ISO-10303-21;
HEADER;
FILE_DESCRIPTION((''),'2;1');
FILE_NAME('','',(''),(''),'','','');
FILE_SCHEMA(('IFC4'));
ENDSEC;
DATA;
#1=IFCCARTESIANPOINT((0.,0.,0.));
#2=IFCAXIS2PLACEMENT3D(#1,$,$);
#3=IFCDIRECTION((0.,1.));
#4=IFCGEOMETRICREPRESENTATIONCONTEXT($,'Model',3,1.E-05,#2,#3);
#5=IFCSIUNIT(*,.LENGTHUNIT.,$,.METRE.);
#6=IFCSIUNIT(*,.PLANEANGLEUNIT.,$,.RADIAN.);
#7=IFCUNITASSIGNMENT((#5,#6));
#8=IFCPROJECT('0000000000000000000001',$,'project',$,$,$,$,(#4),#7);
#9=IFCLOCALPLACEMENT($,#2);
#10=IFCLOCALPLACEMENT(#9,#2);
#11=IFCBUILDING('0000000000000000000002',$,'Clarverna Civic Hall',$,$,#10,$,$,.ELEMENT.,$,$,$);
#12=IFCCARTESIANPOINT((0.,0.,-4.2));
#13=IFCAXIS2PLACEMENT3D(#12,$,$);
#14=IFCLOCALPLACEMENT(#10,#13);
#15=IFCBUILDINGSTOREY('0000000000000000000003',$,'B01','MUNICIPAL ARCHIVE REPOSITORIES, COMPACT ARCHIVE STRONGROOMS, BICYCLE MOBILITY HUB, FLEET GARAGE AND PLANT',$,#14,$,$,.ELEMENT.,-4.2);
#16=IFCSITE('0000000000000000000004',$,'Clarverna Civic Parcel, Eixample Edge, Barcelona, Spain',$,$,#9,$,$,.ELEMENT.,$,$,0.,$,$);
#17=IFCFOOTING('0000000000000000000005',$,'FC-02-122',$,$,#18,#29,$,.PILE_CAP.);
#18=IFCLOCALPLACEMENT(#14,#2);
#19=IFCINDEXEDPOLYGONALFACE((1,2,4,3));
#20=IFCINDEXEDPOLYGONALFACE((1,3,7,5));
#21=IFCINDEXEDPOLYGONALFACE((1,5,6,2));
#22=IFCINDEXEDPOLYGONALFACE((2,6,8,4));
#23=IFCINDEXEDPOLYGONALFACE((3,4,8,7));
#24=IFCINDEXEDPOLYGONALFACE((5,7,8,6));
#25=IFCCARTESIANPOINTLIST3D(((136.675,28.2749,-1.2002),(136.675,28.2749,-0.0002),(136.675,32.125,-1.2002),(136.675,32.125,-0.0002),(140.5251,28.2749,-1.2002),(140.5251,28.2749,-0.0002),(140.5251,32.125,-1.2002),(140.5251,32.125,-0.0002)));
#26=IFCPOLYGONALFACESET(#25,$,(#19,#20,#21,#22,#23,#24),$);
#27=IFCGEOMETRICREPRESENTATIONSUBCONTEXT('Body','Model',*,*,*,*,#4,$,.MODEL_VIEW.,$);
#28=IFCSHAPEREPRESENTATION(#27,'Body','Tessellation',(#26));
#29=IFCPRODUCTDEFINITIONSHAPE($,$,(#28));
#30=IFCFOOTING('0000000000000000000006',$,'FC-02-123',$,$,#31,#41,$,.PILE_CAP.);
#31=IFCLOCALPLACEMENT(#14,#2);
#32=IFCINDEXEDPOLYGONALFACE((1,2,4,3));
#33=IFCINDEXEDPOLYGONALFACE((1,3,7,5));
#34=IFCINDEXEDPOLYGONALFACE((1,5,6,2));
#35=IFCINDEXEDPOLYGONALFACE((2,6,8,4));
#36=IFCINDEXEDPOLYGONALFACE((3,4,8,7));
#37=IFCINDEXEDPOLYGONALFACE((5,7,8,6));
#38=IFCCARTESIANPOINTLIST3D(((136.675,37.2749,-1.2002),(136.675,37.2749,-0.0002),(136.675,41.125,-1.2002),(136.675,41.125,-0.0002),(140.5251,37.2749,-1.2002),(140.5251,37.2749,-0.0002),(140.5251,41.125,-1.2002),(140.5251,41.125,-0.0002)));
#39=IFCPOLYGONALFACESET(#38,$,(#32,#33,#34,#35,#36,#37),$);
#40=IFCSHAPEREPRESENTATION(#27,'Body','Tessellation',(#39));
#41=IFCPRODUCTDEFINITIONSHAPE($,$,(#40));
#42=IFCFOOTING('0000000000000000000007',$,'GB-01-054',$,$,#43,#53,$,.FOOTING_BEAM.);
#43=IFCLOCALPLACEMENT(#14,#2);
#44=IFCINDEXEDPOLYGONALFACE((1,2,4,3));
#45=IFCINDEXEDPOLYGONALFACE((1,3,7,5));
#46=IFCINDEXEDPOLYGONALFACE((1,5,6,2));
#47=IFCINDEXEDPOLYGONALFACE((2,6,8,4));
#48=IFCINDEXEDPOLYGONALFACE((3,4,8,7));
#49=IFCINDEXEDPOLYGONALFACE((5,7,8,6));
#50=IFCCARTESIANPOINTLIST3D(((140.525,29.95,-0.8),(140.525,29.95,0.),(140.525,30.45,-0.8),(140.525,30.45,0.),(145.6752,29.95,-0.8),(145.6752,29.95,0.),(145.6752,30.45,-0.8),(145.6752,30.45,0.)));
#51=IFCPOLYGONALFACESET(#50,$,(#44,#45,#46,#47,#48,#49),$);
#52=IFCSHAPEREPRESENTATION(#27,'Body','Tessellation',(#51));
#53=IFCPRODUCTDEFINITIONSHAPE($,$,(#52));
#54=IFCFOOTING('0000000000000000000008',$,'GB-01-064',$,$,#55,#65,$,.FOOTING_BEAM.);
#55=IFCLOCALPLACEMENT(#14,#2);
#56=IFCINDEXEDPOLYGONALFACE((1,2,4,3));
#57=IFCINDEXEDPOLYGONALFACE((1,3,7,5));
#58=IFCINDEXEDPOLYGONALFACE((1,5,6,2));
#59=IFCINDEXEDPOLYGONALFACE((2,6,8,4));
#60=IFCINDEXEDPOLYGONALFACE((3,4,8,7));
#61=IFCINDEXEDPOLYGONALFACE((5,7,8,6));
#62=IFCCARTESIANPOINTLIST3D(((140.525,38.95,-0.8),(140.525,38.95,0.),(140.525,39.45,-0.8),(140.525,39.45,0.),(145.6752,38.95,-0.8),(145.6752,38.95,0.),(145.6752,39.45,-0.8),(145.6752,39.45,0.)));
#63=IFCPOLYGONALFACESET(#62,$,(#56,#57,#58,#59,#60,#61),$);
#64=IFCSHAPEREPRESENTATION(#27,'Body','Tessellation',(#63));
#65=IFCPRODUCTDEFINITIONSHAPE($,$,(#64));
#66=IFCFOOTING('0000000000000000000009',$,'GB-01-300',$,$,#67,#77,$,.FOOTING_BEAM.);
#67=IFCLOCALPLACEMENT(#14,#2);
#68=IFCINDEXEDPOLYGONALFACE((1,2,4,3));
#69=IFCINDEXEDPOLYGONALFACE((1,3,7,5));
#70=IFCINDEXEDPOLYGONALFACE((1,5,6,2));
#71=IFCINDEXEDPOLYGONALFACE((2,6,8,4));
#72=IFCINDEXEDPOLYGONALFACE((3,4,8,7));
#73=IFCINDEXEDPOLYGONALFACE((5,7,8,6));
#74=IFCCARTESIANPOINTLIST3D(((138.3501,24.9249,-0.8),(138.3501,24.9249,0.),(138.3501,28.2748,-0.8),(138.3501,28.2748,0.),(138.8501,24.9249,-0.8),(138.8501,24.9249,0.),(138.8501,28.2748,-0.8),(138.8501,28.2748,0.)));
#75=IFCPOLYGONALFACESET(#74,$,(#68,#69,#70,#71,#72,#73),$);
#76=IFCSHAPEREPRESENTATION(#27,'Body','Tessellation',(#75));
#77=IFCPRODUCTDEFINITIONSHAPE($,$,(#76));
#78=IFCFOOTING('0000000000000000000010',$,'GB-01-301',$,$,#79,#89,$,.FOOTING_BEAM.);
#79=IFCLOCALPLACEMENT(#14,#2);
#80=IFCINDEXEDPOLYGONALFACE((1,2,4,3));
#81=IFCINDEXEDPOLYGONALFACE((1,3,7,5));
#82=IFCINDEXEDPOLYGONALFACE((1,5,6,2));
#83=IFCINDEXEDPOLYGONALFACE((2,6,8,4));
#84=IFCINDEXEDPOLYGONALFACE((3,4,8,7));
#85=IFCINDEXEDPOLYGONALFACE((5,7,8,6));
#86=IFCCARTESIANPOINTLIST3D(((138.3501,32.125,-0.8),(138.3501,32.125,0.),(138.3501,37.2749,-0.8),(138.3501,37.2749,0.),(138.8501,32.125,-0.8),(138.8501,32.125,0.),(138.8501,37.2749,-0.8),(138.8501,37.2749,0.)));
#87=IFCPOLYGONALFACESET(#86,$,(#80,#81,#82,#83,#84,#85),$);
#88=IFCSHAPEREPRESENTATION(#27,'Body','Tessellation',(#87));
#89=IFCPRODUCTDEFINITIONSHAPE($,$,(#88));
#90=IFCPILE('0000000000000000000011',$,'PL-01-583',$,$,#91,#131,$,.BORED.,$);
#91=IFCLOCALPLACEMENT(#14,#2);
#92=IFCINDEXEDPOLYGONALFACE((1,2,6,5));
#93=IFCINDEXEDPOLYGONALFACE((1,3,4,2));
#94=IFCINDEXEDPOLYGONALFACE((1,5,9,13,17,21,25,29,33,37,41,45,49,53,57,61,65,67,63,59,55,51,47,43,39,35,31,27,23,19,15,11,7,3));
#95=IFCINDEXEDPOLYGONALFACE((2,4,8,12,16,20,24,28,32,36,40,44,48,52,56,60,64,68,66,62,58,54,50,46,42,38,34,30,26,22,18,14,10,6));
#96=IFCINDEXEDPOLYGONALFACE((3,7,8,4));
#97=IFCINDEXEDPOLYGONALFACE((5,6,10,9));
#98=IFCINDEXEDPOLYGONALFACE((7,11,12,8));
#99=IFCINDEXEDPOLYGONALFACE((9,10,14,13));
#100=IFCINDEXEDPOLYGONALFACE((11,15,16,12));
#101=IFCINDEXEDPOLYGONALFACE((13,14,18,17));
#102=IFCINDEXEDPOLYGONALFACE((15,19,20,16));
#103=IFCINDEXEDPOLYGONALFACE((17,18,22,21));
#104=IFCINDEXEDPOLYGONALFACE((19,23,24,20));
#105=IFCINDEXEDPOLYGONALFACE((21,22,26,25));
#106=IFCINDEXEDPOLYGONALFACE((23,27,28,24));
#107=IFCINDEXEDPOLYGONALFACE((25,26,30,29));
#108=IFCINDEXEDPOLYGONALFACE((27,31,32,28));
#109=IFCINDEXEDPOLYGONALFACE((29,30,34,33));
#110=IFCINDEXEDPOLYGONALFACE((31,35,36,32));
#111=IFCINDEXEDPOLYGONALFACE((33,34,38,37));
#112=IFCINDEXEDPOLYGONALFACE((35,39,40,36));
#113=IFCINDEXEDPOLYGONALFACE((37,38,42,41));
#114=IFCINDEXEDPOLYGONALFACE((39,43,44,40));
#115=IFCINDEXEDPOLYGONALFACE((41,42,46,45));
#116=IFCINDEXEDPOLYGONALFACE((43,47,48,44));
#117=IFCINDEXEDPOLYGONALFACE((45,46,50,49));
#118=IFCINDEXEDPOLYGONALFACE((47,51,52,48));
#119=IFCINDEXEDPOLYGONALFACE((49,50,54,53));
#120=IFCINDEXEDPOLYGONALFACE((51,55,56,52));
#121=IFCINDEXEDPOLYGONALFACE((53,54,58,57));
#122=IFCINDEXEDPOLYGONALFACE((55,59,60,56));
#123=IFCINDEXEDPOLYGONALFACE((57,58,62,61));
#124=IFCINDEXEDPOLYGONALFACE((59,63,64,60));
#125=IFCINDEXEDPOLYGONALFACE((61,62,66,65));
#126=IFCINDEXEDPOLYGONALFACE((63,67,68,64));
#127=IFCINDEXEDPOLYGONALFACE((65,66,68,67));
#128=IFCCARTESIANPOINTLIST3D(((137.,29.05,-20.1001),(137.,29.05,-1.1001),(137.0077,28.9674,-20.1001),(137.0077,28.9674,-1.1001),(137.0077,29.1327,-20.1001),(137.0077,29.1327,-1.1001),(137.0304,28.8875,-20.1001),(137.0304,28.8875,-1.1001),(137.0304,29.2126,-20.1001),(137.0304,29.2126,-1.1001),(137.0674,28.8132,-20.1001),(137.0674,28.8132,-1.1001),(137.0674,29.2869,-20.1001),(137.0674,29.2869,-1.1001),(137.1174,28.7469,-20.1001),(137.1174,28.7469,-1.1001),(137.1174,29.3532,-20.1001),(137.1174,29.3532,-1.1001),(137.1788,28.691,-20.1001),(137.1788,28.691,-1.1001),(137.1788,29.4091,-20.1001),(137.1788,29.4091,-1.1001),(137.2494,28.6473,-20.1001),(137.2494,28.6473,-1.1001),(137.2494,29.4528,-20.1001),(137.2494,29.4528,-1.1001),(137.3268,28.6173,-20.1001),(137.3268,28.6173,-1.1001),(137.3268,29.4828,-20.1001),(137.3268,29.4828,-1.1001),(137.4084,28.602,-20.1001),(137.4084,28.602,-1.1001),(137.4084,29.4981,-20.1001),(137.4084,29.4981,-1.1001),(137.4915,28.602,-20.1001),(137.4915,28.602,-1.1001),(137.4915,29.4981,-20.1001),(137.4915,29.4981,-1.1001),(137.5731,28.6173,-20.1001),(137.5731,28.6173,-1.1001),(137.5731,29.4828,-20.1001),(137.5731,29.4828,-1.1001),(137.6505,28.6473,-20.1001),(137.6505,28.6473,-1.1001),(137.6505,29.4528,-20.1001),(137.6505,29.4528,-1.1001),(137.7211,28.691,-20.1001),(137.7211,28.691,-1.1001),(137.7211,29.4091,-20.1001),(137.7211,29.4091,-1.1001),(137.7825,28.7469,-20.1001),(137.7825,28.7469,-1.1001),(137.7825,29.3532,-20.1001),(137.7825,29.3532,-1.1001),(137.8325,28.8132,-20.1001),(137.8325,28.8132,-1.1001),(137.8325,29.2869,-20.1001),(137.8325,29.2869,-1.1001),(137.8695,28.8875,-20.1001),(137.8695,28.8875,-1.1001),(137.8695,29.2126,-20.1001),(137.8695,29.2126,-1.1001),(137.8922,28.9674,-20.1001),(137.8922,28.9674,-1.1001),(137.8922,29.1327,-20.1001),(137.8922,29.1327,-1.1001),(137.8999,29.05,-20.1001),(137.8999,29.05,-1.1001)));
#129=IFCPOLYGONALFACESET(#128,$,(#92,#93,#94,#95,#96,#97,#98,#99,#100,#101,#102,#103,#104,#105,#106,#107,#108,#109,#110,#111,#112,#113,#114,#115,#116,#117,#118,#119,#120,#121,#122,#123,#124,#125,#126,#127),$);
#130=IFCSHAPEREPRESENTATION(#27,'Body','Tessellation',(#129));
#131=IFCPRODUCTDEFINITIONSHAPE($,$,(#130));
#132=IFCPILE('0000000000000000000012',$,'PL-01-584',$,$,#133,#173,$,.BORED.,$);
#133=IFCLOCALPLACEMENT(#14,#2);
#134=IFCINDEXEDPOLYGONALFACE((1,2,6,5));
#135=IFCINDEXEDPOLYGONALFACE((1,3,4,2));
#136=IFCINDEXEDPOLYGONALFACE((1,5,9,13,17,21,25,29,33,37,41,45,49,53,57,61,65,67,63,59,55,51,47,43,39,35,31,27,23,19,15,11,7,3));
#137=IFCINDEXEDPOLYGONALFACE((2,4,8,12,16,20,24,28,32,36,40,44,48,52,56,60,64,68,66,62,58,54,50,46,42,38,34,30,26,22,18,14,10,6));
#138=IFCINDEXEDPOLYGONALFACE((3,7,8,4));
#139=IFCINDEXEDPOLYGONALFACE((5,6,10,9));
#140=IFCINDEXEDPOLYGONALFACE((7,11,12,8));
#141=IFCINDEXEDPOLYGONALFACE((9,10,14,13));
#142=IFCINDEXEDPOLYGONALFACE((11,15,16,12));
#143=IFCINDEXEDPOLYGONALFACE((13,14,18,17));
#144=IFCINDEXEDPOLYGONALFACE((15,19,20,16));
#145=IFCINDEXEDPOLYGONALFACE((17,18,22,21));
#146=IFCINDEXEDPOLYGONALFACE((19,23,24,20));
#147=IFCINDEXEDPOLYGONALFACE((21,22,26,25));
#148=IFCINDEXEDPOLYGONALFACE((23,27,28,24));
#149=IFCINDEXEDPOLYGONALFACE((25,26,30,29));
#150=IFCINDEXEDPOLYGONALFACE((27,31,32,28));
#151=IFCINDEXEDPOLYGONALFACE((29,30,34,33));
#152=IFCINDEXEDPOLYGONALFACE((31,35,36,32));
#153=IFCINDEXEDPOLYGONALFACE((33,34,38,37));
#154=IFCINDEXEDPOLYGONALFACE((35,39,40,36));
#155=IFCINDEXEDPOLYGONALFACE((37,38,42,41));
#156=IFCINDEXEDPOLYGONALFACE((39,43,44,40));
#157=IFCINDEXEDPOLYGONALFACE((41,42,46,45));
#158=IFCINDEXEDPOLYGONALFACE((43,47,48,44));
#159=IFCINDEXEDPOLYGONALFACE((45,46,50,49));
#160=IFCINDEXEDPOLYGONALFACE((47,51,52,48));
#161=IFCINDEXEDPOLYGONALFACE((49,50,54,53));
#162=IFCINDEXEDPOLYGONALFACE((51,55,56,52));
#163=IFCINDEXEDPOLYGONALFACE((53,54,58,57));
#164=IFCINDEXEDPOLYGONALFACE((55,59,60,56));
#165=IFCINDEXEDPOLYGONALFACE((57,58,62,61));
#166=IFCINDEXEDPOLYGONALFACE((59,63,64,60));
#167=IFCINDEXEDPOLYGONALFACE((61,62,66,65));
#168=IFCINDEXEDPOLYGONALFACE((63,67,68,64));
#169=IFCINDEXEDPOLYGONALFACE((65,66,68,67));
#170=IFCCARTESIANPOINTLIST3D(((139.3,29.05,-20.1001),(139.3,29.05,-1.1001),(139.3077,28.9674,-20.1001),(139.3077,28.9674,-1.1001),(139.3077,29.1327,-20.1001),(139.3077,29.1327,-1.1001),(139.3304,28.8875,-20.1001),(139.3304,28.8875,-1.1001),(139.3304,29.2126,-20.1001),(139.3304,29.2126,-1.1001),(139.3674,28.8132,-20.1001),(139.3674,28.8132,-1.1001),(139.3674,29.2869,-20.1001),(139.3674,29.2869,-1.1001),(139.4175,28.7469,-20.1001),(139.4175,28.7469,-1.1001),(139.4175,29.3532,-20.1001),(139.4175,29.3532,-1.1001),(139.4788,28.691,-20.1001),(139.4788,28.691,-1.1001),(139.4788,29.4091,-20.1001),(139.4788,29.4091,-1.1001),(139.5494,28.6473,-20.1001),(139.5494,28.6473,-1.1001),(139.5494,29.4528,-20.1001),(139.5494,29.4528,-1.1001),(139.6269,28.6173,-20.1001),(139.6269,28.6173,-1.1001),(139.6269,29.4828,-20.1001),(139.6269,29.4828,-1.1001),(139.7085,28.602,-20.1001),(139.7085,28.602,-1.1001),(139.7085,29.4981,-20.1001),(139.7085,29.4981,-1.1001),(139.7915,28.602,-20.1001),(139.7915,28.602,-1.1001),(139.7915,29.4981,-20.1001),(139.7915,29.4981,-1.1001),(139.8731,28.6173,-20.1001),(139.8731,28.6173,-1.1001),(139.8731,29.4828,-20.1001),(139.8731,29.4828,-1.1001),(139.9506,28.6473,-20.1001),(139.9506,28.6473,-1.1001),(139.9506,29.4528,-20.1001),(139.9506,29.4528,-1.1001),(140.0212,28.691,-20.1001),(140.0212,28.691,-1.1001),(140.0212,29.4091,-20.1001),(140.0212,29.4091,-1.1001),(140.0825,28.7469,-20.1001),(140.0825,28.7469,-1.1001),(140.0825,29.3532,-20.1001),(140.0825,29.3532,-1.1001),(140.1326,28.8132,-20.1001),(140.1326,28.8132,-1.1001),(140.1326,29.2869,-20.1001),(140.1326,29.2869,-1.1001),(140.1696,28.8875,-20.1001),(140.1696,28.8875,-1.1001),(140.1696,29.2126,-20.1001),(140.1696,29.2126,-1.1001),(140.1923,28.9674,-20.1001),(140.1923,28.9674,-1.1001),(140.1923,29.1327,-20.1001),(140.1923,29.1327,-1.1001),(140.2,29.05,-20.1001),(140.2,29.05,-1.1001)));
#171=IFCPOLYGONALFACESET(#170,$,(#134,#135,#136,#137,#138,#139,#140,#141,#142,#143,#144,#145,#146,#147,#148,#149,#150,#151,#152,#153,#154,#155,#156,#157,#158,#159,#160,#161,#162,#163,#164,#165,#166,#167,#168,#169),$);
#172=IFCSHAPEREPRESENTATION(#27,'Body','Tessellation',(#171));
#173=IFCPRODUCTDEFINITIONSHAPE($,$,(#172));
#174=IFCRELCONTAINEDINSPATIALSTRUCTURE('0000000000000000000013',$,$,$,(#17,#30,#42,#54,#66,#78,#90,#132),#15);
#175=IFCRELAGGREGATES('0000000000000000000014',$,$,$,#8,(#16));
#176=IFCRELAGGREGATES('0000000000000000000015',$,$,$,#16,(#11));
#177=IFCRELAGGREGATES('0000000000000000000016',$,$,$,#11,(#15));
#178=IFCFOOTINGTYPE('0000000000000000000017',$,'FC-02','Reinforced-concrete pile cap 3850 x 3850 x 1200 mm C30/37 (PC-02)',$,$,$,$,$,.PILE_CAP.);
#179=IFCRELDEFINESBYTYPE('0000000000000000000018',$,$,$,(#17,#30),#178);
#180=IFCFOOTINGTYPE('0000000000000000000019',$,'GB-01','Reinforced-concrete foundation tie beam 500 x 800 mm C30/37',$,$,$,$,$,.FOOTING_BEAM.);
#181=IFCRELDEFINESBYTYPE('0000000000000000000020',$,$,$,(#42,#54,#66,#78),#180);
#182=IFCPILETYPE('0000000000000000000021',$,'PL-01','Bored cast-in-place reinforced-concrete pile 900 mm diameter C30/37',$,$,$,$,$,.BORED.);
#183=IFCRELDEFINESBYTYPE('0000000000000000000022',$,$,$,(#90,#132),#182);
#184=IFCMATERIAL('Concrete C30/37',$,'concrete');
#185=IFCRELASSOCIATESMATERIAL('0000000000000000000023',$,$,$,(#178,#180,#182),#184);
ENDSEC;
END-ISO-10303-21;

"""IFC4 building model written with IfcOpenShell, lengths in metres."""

from ifc_helpers import new_model, si_unit, direction, frame, frame_2d, origin, origin_2d, place, context, subcontext, project, spatial, rectangle, circle, extrude, material, material_profile, profile_set, type_object, element, save


model = new_model("IFC4")

# Units and contexts
model_context = context("Model", 3, precision=1e-05, world=origin(), true_north=direction((0.0, 1.0)))
body_context = subcontext(model_context, "Body", "Model", "MODEL_VIEW")
ifc_project = project(units=[si_unit("LENGTHUNIT", "METRE"), si_unit("PLANEANGLEUNIT", "RADIAN")], contexts=[model_context])

# Site, building, storey
site_placement = place(None, origin())
site = spatial("IfcSite", under=ifc_project, at=site_placement, Name="Clarverna Civic Parcel, Eixample Edge, Barcelona, Spain", CompositionType="ELEMENT", RefElevation=0.0)
building_placement = place(site_placement, origin())
building = spatial("IfcBuilding", under=site, at=building_placement, Name="Clarverna Civic Hall", CompositionType="ELEMENT")
storey_placement = place(building_placement, frame((0.0, 0.0, -4.2)))
storey = spatial("IfcBuildingStorey", under=building, at=storey_placement, Name="B01", Description="MUNICIPAL ARCHIVE REPOSITORIES, COMPACT ARCHIVE STRONGROOMS, BICYCLE MOBILITY HUB, FLEET GARAGE AND PLANT", CompositionType="ELEMENT", Elevation=-4.2)

# Footings
ifc_material_1 = material(Name="Concrete C30/37", Category="concrete")
footing_type_1 = type_object("IfcFootingType", Name="FC-02", Description="Reinforced-concrete pile cap 3850 x 3850 x 1200 mm C30/37 (PC-02)", PredefinedType="PILE_CAP", material=ifc_material_1)
for number, where, z_axis, x_axis, name in (
    (1, (138.6001, 30.2, -1.2002), (0.0, 0.0, 1.0), (1.0, 0.0, 0.0), "FC-02-122"),
    (2, (138.6001, 39.2, -1.2002), (0.0, 0.0, 1.0), (1.0, 0.0, 0.0), "FC-02-123"),
):
    element("IfcFooting", number, at=place(storey_placement, frame(where, z_axis=z_axis, x_axis=x_axis)), inside=storey, type_object=footing_type_1, Name=name, PredefinedType="PILE_CAP", context=body_context, shape_type="SweptSolid", body=[
        extrude(rectangle(XDim=3.8501, YDim=3.8501, at=origin_2d()), origin(), (0.0, 0.0, 1.0), 1.2),
    ])
footing_type_2 = type_object("IfcFootingType", Name="GB-01", Description="Reinforced-concrete foundation tie beam 500 x 800 mm C30/37", PredefinedType="FOOTING_BEAM", material=ifc_material_1)
for number, where, z_axis, x_axis, name in (
    (3, (140.5249, 30.2, -0.8), (0.0, 0.0, 1.0), (1.0, 0.0, 0.0), "GB-01-054"),
    (4, (140.5249, 39.2, -0.8), (0.0, 0.0, 1.0), (1.0, 0.0, 0.0), "GB-01-064"),
):
    element("IfcFooting", number, at=place(storey_placement, frame(where, z_axis=z_axis, x_axis=x_axis)), inside=storey, type_object=footing_type_2, Name=name, PredefinedType="FOOTING_BEAM", context=body_context, shape_type="SweptSolid", body=[
        extrude(rectangle(XDim=5.1501, YDim=0.5, at=frame_2d((2.5752, 0.0))), origin(), (0.0, 0.0, 1.0), 0.8),
    ])
footing_1_placement = place(storey_placement, frame((138.6001, 24.925, -0.8), z_axis=(0.0, 0.0, 1.0), x_axis=(0.0, 1.0, 0.0)))
element("IfcFooting", 5, at=footing_1_placement, inside=storey, type_object=footing_type_2, Name="GB-01-300", PredefinedType="FOOTING_BEAM", context=body_context, shape_type="SweptSolid", body=[
    extrude(rectangle(XDim=3.3499, YDim=0.5, at=frame_2d((1.6748, 0.0))), origin(), (0.0, 0.0, 1.0), 0.8),
])
footing_2_placement = place(storey_placement, frame((138.6001, 32.125, -0.8), z_axis=(0.0, 0.0, 1.0), x_axis=(0.0, 1.0, 0.0)))
element("IfcFooting", 6, at=footing_2_placement, inside=storey, type_object=footing_type_2, Name="GB-01-301", PredefinedType="FOOTING_BEAM", context=body_context, shape_type="SweptSolid", body=[
    extrude(rectangle(XDim=5.1499, YDim=0.5, at=frame_2d((2.575, 0.0))), origin(), (0.0, 0.0, 1.0), 0.8),
])

# Piles
ifc_material_profile_1 = material_profile(ifc_material_1, circle(Radius=0.45, at=origin_2d()), Name="BORED PILE D900")
ifc_profile_set_1 = profile_set([ifc_material_profile_1], Name="Concrete C30/37")
pile_type = type_object("IfcPileType", Name="PL-01", Description="Bored cast-in-place reinforced-concrete pile 900 mm diameter C30/37", PredefinedType="BORED", material=ifc_profile_set_1)
for number, where, z_axis, x_axis, name in (
    (7, (137.45, 29.05, -1.1001), (0.0, 0.0, -1.0), (1.0, 0.0, 0.0), "PL-01-583"),
    (8, (139.75, 29.05, -1.1001), (0.0, 0.0, -1.0), (1.0, 0.0, 0.0), "PL-01-584"),
):
    element("IfcPile", number, at=place(storey_placement, frame(where, z_axis=z_axis, x_axis=x_axis)), inside=storey, type_object=pile_type, Name=name, PredefinedType="BORED", context=body_context, shape_type="SweptSolid", body=[
        extrude(circle(Radius=0.45, at=origin_2d()), origin(), (0.0, 0.0, 1.0), 19.0),
    ])

save(model, "model.ifc")
